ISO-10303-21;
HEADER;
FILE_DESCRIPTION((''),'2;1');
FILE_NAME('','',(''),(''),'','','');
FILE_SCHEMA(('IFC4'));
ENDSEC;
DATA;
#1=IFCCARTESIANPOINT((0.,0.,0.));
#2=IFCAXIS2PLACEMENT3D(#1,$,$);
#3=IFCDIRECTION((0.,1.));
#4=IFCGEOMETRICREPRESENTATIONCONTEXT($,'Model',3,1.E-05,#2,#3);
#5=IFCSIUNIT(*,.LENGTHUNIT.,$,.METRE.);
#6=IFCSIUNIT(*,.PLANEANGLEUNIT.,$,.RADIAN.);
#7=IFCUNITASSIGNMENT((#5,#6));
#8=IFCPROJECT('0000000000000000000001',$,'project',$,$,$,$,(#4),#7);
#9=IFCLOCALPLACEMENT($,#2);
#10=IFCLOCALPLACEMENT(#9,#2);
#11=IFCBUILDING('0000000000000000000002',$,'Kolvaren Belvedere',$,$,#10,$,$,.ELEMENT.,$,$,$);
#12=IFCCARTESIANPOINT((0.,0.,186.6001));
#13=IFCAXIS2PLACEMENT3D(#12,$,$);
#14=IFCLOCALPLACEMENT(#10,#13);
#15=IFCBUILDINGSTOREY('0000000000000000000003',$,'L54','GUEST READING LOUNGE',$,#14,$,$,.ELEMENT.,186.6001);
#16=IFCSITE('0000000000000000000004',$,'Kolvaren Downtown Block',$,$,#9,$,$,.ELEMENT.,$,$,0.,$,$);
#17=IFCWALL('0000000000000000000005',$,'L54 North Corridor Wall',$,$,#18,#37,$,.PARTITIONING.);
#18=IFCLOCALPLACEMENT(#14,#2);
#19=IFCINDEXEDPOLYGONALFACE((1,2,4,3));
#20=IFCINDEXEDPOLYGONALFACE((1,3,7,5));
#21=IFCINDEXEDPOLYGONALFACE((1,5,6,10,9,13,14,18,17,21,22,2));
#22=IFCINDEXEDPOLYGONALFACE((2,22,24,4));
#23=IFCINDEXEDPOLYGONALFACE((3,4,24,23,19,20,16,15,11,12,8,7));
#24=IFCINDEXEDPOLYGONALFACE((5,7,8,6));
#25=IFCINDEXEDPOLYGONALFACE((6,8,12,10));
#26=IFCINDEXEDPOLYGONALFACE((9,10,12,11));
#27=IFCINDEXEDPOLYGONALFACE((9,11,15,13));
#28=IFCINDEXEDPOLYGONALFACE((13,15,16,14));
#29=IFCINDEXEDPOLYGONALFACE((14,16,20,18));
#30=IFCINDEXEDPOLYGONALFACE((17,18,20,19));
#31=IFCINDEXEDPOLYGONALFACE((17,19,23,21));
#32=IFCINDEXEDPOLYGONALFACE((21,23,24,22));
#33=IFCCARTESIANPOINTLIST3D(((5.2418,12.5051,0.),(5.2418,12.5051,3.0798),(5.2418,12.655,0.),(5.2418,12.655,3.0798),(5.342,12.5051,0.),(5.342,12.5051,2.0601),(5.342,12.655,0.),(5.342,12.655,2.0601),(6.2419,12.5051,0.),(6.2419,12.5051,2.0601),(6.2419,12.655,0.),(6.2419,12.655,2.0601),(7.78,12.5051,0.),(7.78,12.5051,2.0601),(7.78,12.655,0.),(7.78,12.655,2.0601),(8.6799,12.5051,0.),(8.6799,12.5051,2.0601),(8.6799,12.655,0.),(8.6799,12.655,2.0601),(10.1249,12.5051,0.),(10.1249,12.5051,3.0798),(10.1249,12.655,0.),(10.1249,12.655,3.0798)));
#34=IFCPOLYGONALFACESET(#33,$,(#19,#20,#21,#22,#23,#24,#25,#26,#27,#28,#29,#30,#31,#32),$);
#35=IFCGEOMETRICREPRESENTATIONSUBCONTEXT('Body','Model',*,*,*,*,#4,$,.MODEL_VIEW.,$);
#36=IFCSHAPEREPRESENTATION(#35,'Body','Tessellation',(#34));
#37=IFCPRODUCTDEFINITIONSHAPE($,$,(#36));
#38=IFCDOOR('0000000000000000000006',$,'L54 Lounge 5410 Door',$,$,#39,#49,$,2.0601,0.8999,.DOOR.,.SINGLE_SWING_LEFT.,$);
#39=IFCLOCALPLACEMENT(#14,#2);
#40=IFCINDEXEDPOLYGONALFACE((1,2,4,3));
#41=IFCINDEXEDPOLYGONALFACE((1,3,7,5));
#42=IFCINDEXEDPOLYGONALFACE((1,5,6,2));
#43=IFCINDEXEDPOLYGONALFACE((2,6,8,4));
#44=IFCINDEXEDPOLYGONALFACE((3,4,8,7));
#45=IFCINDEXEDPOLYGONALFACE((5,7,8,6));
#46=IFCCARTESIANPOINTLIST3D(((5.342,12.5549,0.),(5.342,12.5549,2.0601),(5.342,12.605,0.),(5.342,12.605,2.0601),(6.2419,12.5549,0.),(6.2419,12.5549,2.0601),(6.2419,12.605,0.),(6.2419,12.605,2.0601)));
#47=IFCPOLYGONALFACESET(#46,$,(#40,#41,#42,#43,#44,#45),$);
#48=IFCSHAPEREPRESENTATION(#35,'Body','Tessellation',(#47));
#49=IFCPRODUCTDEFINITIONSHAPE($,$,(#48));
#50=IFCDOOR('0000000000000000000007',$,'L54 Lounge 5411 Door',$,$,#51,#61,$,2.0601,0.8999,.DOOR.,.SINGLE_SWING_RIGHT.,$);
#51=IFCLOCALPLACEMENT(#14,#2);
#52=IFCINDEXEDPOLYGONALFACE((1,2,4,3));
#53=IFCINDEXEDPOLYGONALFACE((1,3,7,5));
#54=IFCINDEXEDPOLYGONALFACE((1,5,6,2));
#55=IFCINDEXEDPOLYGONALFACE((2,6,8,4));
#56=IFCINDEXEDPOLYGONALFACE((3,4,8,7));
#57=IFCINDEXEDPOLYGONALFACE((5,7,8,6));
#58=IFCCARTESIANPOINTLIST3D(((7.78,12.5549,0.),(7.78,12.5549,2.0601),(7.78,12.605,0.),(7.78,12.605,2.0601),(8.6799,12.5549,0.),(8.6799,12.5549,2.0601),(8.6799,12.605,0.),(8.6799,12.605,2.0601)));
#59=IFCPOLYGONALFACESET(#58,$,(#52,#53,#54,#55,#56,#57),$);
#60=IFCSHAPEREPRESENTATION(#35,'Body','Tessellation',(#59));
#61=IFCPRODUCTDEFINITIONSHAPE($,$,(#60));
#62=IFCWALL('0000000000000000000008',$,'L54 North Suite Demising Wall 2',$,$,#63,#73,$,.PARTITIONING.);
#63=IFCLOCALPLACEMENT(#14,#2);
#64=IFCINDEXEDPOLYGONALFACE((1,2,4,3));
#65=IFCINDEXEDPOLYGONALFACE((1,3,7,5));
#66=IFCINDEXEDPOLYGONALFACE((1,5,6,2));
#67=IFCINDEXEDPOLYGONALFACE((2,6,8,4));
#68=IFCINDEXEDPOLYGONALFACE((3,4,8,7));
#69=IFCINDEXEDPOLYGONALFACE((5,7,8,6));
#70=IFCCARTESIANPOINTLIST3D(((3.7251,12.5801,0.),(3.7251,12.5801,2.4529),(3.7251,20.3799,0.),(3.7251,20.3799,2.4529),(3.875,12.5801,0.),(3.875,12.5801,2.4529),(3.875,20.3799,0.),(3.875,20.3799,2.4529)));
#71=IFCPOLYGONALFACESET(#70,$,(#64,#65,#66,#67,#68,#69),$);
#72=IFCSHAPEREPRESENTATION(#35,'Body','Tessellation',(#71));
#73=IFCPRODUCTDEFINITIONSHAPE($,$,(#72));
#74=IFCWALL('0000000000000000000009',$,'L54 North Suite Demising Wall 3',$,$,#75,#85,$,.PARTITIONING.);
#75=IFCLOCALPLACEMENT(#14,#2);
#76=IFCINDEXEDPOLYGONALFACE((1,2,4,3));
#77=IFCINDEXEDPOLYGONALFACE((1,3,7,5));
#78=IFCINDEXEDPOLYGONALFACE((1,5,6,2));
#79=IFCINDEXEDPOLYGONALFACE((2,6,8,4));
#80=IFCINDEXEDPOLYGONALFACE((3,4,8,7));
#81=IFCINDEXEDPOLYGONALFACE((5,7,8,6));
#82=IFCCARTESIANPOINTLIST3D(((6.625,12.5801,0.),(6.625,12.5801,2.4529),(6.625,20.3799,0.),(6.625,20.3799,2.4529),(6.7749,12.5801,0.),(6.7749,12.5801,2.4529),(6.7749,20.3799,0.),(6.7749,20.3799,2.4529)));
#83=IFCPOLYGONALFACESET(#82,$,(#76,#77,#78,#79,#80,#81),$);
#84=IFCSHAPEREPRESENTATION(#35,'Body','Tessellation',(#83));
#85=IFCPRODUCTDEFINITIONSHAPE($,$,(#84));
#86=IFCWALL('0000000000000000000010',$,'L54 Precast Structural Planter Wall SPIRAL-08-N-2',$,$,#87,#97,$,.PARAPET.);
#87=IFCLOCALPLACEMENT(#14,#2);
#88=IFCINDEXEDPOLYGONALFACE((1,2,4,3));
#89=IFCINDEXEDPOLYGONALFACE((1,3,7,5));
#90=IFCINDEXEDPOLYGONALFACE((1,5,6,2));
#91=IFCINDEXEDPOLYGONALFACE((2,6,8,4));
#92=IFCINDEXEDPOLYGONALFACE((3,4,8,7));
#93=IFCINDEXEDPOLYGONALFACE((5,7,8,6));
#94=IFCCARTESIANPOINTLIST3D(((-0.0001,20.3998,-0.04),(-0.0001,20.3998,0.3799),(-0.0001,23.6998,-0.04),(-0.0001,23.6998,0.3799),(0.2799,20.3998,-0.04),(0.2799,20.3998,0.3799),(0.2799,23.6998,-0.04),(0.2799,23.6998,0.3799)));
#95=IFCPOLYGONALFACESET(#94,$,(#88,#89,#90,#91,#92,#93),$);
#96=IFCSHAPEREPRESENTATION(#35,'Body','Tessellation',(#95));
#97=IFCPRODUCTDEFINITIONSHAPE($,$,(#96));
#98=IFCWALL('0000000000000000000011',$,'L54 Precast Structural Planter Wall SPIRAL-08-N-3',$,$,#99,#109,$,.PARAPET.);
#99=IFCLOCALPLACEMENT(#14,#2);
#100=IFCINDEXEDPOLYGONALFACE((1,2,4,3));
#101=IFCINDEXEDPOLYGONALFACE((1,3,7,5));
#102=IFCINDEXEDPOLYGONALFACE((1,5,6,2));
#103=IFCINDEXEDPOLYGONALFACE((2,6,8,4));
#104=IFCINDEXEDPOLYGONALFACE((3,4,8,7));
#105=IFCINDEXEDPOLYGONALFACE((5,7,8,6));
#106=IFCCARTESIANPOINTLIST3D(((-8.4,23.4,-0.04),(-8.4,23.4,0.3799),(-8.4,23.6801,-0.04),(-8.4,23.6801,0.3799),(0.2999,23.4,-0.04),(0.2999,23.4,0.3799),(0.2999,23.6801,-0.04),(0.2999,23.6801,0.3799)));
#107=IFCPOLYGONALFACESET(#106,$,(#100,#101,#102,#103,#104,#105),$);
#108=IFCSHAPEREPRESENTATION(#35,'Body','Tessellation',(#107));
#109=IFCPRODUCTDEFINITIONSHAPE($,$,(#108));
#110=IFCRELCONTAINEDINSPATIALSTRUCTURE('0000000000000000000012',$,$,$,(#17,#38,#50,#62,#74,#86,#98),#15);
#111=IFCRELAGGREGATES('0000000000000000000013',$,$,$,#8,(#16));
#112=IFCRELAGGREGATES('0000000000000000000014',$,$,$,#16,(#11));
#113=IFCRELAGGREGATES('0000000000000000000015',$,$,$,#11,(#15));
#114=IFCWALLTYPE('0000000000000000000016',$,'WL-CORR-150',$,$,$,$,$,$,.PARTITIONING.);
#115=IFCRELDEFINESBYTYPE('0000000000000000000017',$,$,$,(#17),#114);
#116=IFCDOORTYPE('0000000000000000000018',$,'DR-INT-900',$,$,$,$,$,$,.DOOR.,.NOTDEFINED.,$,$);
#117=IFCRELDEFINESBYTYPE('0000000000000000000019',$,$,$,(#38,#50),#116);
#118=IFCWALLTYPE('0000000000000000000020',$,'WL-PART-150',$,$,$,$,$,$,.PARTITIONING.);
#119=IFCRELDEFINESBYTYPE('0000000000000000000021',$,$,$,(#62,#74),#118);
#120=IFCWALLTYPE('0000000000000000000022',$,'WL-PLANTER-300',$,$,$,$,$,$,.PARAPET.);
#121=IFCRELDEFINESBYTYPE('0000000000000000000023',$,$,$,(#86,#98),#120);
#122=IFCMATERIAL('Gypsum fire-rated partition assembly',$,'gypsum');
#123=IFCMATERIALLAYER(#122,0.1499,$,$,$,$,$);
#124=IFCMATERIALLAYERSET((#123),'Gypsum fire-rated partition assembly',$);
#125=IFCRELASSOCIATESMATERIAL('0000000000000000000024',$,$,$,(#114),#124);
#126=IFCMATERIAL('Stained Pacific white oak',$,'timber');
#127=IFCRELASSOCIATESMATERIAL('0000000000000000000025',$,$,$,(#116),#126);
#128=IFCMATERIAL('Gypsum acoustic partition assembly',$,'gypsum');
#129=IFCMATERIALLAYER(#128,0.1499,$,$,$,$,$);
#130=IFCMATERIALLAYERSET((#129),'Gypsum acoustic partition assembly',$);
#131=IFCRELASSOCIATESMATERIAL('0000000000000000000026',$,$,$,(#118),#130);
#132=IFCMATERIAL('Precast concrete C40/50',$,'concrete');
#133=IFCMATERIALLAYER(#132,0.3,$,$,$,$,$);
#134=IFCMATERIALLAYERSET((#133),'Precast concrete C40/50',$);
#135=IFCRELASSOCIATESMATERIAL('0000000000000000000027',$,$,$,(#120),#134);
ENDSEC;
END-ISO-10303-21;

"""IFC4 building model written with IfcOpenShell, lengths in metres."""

from ifc_helpers import new_model, si_unit, direction, frame, frame_2d, origin, place, context, subcontext, project, spatial, rectangle, extrude, material, layer, layer_set, type_object, element, fill, save


model = new_model("IFC4")

# Units and contexts
model_context = context("Model", 3, precision=1e-05, world=origin(), true_north=direction((0.0, 1.0)))
body_context = subcontext(model_context, "Body", "Model", "MODEL_VIEW")
ifc_project = project(units=[si_unit("LENGTHUNIT", "METRE"), si_unit("PLANEANGLEUNIT", "RADIAN")], contexts=[model_context])

# Site, building, storey
site_placement = place(None, origin())
site = spatial("IfcSite", under=ifc_project, at=site_placement, Name="Kolvaren Downtown Block", CompositionType="ELEMENT", RefElevation=0.0)
building_placement = place(site_placement, origin())
building = spatial("IfcBuilding", under=site, at=building_placement, Name="Kolvaren Belvedere", CompositionType="ELEMENT")
storey_placement = place(building_placement, frame((0.0, 0.0, 186.6001)))
storey = spatial("IfcBuildingStorey", under=building, at=storey_placement, Name="L54", Description="GUEST READING LOUNGE", CompositionType="ELEMENT", Elevation=186.6001)

# Shared definitions
ifc_material_1 = material(Name="Gypsum fire-rated partition assembly", Category="gypsum")
ifc_layer_1 = layer(ifc_material_1, 0.1499)
ifc_layer_set_1 = layer_set([ifc_layer_1], Name="Gypsum fire-rated partition assembly")
wall_type_1 = type_object("IfcWallType", Name="WL-CORR-150", PredefinedType="PARTITIONING", material=ifc_layer_set_1)

# Wall, openings, doors
wall_1_placement = place(storey_placement, frame((5.2419, 12.5801, 0.0), z_axis=(0.0, 0.0, 1.0), x_axis=(1.0, 0.0, 0.0)))
wall_1 = element("IfcWall", 1, at=wall_1_placement, inside=storey, type_object=wall_type_1, Name="L54 North Corridor Wall", PredefinedType="PARTITIONING", context=body_context, shape_type="SweptSolid", body=[
    extrude(rectangle(XDim=4.8831, YDim=0.1499, at=frame_2d((2.4414, 0.0))), origin(), (0.0, 0.0, 1.0), 3.0798),
])
opening_1_placement = place(wall_1_placement, frame((0.1001, 0.0, 0.0)))
opening_1 = element("IfcOpeningElement", 2, at=opening_1_placement, cuts=wall_1, PredefinedType="OPENING", context=body_context, shape_type="SweptSolid", body=[
    extrude(rectangle(XDim=0.8999, YDim=2.0601, at=frame_2d((0.45, 1.03))), frame((0.0, 0.085, 0.0), z_axis=(0.0, -1.0, 0.0), x_axis=(1.0, 0.0, 0.0)), (0.0, 0.0, 1.0), 0.1699),
])
opening_2_placement = place(wall_1_placement, frame((2.5381, 0.0, 0.0)))
opening_2 = element("IfcOpeningElement", 3, at=opening_2_placement, cuts=wall_1, PredefinedType="OPENING", context=body_context, shape_type="SweptSolid", body=[
    extrude(rectangle(XDim=0.8999, YDim=2.0601, at=frame_2d((0.45, 1.03))), frame((0.0, 0.085, 0.0), z_axis=(0.0, -1.0, 0.0), x_axis=(1.0, 0.0, 0.0)), (0.0, 0.0, 1.0), 0.1699),
])
ifc_material_2 = material(Name="Stained Pacific white oak", Category="timber")
door_type = type_object("IfcDoorType", Name="DR-INT-900", OperationType="NOTDEFINED", PredefinedType="DOOR", material=ifc_material_2)
door_1_placement = place(opening_1_placement, origin())
door_1 = element("IfcDoor", 4, at=door_1_placement, inside=storey, type_object=door_type, Name="L54 Lounge 5410 Door", OperationType="SINGLE_SWING_LEFT", OverallHeight=2.0601, OverallWidth=0.8999, PredefinedType="DOOR", context=body_context, shape_type="SweptSolid", body=[
    extrude(rectangle(XDim=0.8999, YDim=2.0601, at=frame_2d((0.45, 1.03))), frame((0.0, 0.0249, 0.0), z_axis=(0.0, -1.0, 0.0), x_axis=(1.0, 0.0, 0.0)), (0.0, 0.0, 1.0), 0.05),
])
fill(opening_1, door_1)
door_2_placement = place(opening_2_placement, origin())
door_2 = element("IfcDoor", 5, at=door_2_placement, inside=storey, type_object=door_type, Name="L54 Lounge 5411 Door", OperationType="SINGLE_SWING_RIGHT", OverallHeight=2.0601, OverallWidth=0.8999, PredefinedType="DOOR", context=body_context, shape_type="SweptSolid", body=[
    extrude(rectangle(XDim=0.8999, YDim=2.0601, at=frame_2d((0.45, 1.03))), frame((0.0, 0.0249, 0.0), z_axis=(0.0, -1.0, 0.0), x_axis=(1.0, 0.0, 0.0)), (0.0, 0.0, 1.0), 0.05),
])
fill(opening_2, door_2)

# Walls
ifc_material_3 = material(Name="Gypsum acoustic partition assembly", Category="gypsum")
ifc_layer_2 = layer(ifc_material_3, 0.1499)
ifc_layer_set_2 = layer_set([ifc_layer_2], Name="Gypsum acoustic partition assembly")
wall_type_2 = type_object("IfcWallType", Name="WL-PART-150", PredefinedType="PARTITIONING", material=ifc_layer_set_2)
for number, where, z_axis, x_axis, name in (
    (6, (3.8, 12.5801, 0.0), (0.0, 0.0, 1.0), (0.0, 1.0, 0.0), "L54 North Suite Demising Wall 2"),
    (7, (6.7, 12.5801, 0.0), (0.0, 0.0, 1.0), (0.0, 1.0, 0.0), "L54 North Suite Demising Wall 3"),
):
    element("IfcWall", number, at=place(storey_placement, frame(where, z_axis=z_axis, x_axis=x_axis)), inside=storey, type_object=wall_type_2, Name=name, PredefinedType="PARTITIONING", context=body_context, shape_type="SweptSolid", body=[
        extrude(rectangle(XDim=7.7998, YDim=0.1499, at=frame_2d((3.8999, 0.0))), origin(), (0.0, 0.0, 1.0), 2.4529),
    ])
ifc_material_4 = material(Name="Precast concrete C40/50", Category="concrete")
ifc_layer_3 = layer(ifc_material_4, 0.3)
ifc_layer_set_3 = layer_set([ifc_layer_3], Name="Precast concrete C40/50")
wall_type_3 = type_object("IfcWallType", Name="WL-PLANTER-300", PredefinedType="PARAPET", material=ifc_layer_set_3)
wall_2_placement = place(storey_placement, frame((0.1399, 20.3999, -0.04), z_axis=(0.0, 0.0, 1.0), x_axis=(0.0, 1.0, 0.0)))
element("IfcWall", 8, at=wall_2_placement, inside=storey, type_object=wall_type_3, Name="L54 Precast Structural Planter Wall SPIRAL-08-N-2", PredefinedType="PARAPET", context=body_context, shape_type="SweptSolid", body=[
    extrude(rectangle(XDim=3.3, YDim=0.28, at=frame_2d((1.6499, 0.0))), origin(), (0.0, 0.0, 1.0), 0.4199),
])
wall_3_placement = place(storey_placement, frame((0.3, 23.54, -0.04), z_axis=(0.0, 0.0, 1.0), x_axis=(-1.0, 0.0, 0.0)))
element("IfcWall", 9, at=wall_3_placement, inside=storey, type_object=wall_type_3, Name="L54 Precast Structural Planter Wall SPIRAL-08-N-3", PredefinedType="PARAPET", context=body_context, shape_type="SweptSolid", body=[
    extrude(rectangle(XDim=8.7, YDim=0.28, at=frame_2d((4.3501, 0.0))), origin(), (0.0, 0.0, 1.0), 0.4199),
])

save(model, "model.ifc")
